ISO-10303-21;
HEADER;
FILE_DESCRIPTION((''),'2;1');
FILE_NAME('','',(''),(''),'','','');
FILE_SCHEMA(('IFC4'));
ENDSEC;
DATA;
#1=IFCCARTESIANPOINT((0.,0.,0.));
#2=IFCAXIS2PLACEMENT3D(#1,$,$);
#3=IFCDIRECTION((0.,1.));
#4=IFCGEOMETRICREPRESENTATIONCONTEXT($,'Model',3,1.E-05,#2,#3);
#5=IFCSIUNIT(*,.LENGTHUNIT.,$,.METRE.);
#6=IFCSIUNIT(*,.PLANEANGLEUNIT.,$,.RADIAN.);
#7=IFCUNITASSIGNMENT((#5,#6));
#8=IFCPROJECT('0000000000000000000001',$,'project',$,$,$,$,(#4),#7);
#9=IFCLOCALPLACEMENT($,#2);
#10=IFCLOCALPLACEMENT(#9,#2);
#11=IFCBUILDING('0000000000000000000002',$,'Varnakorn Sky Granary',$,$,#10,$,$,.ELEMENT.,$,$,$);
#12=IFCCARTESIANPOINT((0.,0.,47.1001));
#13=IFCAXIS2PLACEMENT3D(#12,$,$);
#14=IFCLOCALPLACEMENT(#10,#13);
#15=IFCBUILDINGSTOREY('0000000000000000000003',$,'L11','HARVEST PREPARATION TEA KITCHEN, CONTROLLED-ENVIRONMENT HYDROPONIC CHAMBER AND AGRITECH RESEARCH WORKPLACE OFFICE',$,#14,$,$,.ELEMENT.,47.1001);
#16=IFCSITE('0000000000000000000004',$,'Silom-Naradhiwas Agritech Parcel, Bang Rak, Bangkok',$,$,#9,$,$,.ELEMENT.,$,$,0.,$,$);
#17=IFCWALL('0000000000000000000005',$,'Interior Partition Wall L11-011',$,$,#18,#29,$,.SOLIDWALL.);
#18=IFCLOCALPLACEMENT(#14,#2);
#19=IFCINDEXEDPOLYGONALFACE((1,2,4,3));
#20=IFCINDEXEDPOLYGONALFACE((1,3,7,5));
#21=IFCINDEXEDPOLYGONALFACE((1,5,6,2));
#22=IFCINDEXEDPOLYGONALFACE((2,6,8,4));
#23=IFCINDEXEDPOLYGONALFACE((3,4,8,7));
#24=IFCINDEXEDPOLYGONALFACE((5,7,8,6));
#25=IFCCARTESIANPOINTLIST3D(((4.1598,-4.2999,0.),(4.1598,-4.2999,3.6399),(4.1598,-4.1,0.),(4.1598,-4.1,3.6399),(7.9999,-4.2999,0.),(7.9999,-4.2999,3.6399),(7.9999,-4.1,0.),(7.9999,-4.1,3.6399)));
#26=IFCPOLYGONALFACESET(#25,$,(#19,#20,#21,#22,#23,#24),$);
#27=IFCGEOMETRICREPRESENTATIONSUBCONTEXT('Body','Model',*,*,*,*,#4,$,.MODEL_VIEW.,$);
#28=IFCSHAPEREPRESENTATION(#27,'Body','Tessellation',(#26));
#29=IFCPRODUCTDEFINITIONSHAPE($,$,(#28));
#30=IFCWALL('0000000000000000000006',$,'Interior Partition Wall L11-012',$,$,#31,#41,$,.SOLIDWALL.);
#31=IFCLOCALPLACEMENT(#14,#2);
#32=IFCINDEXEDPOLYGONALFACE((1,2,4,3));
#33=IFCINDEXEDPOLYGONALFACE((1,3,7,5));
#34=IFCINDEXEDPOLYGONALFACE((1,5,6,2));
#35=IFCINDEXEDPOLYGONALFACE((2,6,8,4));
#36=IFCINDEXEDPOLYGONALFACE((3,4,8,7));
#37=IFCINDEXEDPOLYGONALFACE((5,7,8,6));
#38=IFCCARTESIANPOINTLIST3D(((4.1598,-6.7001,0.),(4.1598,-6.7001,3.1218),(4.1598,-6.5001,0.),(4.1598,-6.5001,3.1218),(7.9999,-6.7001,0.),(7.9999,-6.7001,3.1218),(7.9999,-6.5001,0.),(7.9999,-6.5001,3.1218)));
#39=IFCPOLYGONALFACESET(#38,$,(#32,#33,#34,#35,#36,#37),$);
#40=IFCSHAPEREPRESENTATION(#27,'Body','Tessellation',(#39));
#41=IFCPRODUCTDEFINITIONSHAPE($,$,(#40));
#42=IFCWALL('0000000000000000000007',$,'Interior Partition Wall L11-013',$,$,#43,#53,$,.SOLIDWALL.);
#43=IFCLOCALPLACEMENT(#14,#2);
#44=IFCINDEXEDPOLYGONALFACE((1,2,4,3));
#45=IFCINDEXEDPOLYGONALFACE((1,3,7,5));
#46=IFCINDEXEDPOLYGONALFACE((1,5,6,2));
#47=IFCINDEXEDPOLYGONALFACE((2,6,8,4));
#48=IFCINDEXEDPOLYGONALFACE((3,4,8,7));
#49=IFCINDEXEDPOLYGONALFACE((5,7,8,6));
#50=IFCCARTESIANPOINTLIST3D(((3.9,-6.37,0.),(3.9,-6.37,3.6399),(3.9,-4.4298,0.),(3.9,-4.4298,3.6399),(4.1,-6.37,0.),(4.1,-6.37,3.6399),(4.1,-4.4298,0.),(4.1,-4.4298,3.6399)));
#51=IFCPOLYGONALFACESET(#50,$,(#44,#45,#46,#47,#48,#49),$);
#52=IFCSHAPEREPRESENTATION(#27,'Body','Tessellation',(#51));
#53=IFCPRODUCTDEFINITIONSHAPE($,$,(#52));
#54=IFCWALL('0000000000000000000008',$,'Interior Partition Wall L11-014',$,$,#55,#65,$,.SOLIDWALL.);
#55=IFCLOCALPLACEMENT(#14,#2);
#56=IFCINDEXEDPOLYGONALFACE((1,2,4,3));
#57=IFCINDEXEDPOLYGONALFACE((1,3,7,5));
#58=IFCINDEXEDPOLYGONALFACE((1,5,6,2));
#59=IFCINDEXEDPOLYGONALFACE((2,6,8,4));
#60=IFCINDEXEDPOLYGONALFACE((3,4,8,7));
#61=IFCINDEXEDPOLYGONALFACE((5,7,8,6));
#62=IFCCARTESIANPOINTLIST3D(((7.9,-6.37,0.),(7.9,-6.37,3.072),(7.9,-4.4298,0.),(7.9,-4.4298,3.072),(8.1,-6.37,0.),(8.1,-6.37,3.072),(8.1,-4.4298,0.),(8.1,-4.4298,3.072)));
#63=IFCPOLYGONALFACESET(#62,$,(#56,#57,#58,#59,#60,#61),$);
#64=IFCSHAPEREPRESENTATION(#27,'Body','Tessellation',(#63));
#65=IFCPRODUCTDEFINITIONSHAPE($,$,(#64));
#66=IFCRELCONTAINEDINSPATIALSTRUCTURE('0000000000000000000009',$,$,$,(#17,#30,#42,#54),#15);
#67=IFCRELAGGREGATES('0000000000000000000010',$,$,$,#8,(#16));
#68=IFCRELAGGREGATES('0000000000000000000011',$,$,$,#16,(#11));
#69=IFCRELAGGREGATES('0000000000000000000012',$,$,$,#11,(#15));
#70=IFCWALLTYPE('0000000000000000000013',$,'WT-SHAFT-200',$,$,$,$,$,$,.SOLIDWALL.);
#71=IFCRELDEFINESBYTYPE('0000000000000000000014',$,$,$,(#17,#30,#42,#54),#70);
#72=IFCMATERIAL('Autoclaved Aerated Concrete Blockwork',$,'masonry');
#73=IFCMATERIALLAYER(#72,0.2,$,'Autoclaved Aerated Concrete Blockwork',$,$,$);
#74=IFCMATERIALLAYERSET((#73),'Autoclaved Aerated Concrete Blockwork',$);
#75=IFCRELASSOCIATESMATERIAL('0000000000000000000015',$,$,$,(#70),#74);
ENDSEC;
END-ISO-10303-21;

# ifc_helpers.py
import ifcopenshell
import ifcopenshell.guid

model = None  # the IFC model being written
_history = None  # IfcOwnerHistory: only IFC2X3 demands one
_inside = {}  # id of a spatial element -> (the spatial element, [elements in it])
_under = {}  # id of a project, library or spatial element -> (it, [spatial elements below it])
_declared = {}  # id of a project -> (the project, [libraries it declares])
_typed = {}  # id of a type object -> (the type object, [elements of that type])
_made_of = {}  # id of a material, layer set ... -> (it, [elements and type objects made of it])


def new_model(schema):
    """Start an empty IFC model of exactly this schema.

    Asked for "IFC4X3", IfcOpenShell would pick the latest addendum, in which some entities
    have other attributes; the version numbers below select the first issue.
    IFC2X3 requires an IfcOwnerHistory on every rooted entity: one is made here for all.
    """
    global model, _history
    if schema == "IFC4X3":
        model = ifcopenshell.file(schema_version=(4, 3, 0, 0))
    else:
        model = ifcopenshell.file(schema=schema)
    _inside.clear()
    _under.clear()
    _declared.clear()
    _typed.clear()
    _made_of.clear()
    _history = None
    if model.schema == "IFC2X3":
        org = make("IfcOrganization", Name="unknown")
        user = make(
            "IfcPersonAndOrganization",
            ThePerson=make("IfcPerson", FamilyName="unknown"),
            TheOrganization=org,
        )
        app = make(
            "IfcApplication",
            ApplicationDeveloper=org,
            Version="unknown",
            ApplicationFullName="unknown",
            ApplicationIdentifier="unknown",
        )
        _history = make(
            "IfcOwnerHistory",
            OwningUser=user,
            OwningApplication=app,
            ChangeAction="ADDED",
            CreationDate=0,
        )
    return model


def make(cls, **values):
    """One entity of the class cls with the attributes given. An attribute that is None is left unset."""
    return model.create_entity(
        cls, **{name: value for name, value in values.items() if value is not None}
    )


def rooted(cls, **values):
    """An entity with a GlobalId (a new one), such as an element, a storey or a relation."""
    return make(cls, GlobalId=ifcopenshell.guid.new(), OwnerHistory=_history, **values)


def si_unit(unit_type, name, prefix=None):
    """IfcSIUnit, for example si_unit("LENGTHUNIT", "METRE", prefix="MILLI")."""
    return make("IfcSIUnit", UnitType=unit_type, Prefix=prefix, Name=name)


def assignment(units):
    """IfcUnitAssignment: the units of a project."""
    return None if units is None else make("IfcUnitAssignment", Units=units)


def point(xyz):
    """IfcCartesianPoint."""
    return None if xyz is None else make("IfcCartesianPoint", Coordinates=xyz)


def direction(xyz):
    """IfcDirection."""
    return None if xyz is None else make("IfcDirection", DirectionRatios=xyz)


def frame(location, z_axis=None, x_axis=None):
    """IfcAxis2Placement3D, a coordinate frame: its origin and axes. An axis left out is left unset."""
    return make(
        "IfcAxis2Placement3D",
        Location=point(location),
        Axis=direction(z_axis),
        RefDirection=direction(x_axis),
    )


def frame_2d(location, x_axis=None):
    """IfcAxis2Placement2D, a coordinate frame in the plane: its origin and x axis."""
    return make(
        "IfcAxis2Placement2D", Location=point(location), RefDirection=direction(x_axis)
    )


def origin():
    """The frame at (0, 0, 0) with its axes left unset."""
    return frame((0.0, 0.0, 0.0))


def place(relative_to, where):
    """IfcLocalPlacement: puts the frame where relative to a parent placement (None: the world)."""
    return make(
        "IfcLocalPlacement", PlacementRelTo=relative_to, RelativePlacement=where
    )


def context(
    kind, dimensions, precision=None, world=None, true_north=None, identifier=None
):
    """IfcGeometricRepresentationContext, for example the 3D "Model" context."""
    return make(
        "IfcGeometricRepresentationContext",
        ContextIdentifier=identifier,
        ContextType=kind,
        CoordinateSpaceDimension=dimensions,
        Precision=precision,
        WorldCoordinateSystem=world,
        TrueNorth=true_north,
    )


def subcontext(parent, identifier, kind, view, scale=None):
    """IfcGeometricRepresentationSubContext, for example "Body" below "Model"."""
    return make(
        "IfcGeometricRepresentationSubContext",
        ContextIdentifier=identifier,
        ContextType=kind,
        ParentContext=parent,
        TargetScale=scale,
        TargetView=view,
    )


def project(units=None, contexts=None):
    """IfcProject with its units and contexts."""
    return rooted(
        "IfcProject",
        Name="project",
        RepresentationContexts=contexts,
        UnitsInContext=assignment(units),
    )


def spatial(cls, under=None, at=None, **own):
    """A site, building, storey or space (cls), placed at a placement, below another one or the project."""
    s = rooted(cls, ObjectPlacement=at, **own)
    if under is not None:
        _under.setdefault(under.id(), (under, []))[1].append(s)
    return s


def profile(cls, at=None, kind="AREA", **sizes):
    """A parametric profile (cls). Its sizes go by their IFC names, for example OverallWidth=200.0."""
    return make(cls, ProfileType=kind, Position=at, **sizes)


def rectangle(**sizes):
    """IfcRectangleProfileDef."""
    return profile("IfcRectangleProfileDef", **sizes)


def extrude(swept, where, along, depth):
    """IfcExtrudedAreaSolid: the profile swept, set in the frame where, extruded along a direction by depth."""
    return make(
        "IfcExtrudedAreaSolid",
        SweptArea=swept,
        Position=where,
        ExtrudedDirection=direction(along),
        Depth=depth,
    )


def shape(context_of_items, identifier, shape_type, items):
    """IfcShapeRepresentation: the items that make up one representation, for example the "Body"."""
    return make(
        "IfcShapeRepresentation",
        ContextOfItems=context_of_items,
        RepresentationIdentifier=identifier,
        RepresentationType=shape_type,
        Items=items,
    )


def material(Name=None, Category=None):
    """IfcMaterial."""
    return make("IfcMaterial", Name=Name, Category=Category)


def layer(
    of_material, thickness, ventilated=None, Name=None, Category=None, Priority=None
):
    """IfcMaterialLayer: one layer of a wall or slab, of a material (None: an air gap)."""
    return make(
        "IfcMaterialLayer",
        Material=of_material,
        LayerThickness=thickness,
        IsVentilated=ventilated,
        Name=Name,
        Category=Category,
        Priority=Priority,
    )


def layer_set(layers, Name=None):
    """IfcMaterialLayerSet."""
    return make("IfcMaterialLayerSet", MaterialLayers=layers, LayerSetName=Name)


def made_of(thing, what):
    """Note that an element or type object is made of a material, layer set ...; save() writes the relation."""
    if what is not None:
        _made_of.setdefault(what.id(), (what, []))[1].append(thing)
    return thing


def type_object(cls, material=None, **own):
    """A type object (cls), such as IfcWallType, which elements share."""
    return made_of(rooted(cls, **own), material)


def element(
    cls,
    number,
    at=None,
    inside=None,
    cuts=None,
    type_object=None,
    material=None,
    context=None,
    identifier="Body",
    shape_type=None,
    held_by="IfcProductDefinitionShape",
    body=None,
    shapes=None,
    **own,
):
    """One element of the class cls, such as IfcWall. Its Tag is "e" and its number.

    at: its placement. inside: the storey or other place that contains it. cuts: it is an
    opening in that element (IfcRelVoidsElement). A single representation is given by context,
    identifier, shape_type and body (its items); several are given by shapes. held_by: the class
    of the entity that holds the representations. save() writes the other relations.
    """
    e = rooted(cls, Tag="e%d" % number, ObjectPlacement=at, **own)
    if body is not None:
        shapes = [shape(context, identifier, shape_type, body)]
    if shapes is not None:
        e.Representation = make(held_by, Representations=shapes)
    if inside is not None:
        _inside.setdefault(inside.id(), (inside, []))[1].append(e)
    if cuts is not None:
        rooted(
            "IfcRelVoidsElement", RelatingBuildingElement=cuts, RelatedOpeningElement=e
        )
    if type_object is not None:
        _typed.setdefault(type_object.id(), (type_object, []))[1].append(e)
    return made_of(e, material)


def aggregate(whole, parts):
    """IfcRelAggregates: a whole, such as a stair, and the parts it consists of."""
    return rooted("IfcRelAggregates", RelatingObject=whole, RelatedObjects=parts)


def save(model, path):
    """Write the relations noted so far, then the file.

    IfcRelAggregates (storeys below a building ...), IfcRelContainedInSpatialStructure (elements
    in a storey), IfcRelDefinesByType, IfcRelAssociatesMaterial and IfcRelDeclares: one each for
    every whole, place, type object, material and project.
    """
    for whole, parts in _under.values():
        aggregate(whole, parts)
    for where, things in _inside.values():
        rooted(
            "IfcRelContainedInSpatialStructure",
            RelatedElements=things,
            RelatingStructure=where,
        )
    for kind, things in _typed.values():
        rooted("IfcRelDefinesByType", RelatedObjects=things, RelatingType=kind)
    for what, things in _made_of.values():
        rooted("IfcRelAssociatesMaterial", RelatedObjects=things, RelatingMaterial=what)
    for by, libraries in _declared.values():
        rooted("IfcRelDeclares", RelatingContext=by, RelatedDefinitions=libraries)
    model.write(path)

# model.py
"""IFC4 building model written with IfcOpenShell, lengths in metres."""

from ifc_helpers import new_model, si_unit, direction, frame, frame_2d, origin, place, context, subcontext, project, spatial, rectangle, extrude, material, layer, layer_set, type_object, element, save


model = new_model("IFC4")

# Units and contexts
model_context = context("Model", 3, precision=1e-05, world=origin(), true_north=direction((0.0, 1.0)))
body_context = subcontext(model_context, "Body", "Model", "MODEL_VIEW")
ifc_project = project(units=[si_unit("LENGTHUNIT", "METRE"), si_unit("PLANEANGLEUNIT", "RADIAN")], contexts=[model_context])

# Site, building, storey
site_placement = place(None, origin())
site = spatial("IfcSite", under=ifc_project, at=site_placement, Name="Silom-Naradhiwas Agritech Parcel, Bang Rak, Bangkok", CompositionType="ELEMENT", RefElevation=0.0)
building_placement = place(site_placement, origin())
building = spatial("IfcBuilding", under=site, at=building_placement, Name="Varnakorn Sky Granary", CompositionType="ELEMENT")
storey_placement = place(building_placement, frame((0.0, 0.0, 47.1001)))
storey = spatial("IfcBuildingStorey", under=building, at=storey_placement, Name="L11", Description="HARVEST PREPARATION TEA KITCHEN, CONTROLLED-ENVIRONMENT HYDROPONIC CHAMBER AND AGRITECH RESEARCH WORKPLACE OFFICE", CompositionType="ELEMENT", Elevation=47.1001)

# Shared definitions
ifc_material_1 = material(Name="Autoclaved Aerated Concrete Blockwork", Category="masonry")

# Walls
ifc_layer_1 = layer(ifc_material_1, 0.2, Name="Autoclaved Aerated Concrete Blockwork")
ifc_layer_set_1 = layer_set([ifc_layer_1], Name="Autoclaved Aerated Concrete Blockwork")
wall_type_1 = type_object("IfcWallType", Name="WT-SHAFT-200", PredefinedType="SOLIDWALL", material=ifc_layer_set_1)
wall_1_placement = place(storey_placement, frame((4.1599, -4.2, 0.0), z_axis=(0.0, 0.0, 1.0), x_axis=(1.0, 0.0, 0.0)))
element("IfcWall", 1, at=wall_1_placement, inside=storey, type_object=wall_type_1, Name="Interior Partition Wall L11-011", PredefinedType="SOLIDWALL", context=body_context, shape_type="SweptSolid", body=[
    extrude(rectangle(XDim=3.8401, YDim=0.2, at=frame_2d((1.9199, 0.0))), origin(), (0.0, 0.0, 1.0), 3.6399),
])
wall_2_placement = place(storey_placement, frame((4.1599, -6.6001, 0.0), z_axis=(0.0, 0.0, 1.0), x_axis=(1.0, 0.0, 0.0)))
element("IfcWall", 2, at=wall_2_placement, inside=storey, type_object=wall_type_1, Name="Interior Partition Wall L11-012", PredefinedType="SOLIDWALL", context=body_context, shape_type="SweptSolid", body=[
    extrude(rectangle(XDim=3.8401, YDim=0.2, at=frame_2d((1.9199, 0.0))), origin(), (0.0, 0.0, 1.0), 3.1218),
])
wall_3_placement = place(storey_placement, frame((4.0, -6.3701, 0.0), z_axis=(0.0, 0.0, 1.0), x_axis=(0.0, 1.0, 0.0)))
element("IfcWall", 3, at=wall_3_placement, inside=storey, type_object=wall_type_1, Name="Interior Partition Wall L11-013", PredefinedType="SOLIDWALL", context=body_context, shape_type="SweptSolid", body=[
    extrude(rectangle(XDim=1.9402, YDim=0.2, at=frame_2d((0.9702, 0.0))), origin(), (0.0, 0.0, 1.0), 3.6399),
])
wall_4_placement = place(storey_placement, frame((8.0, -6.3701, 0.0), z_axis=(0.0, 0.0, 1.0), x_axis=(0.0, 1.0, 0.0)))
element("IfcWall", 4, at=wall_4_placement, inside=storey, type_object=wall_type_1, Name="Interior Partition Wall L11-014", PredefinedType="SOLIDWALL", context=body_context, shape_type="SweptSolid", body=[
    extrude(rectangle(XDim=1.9402, YDim=0.2, at=frame_2d((0.9702, 0.0))), origin(), (0.0, 0.0, 1.0), 3.072),
])

save(model, "model.ifc")
